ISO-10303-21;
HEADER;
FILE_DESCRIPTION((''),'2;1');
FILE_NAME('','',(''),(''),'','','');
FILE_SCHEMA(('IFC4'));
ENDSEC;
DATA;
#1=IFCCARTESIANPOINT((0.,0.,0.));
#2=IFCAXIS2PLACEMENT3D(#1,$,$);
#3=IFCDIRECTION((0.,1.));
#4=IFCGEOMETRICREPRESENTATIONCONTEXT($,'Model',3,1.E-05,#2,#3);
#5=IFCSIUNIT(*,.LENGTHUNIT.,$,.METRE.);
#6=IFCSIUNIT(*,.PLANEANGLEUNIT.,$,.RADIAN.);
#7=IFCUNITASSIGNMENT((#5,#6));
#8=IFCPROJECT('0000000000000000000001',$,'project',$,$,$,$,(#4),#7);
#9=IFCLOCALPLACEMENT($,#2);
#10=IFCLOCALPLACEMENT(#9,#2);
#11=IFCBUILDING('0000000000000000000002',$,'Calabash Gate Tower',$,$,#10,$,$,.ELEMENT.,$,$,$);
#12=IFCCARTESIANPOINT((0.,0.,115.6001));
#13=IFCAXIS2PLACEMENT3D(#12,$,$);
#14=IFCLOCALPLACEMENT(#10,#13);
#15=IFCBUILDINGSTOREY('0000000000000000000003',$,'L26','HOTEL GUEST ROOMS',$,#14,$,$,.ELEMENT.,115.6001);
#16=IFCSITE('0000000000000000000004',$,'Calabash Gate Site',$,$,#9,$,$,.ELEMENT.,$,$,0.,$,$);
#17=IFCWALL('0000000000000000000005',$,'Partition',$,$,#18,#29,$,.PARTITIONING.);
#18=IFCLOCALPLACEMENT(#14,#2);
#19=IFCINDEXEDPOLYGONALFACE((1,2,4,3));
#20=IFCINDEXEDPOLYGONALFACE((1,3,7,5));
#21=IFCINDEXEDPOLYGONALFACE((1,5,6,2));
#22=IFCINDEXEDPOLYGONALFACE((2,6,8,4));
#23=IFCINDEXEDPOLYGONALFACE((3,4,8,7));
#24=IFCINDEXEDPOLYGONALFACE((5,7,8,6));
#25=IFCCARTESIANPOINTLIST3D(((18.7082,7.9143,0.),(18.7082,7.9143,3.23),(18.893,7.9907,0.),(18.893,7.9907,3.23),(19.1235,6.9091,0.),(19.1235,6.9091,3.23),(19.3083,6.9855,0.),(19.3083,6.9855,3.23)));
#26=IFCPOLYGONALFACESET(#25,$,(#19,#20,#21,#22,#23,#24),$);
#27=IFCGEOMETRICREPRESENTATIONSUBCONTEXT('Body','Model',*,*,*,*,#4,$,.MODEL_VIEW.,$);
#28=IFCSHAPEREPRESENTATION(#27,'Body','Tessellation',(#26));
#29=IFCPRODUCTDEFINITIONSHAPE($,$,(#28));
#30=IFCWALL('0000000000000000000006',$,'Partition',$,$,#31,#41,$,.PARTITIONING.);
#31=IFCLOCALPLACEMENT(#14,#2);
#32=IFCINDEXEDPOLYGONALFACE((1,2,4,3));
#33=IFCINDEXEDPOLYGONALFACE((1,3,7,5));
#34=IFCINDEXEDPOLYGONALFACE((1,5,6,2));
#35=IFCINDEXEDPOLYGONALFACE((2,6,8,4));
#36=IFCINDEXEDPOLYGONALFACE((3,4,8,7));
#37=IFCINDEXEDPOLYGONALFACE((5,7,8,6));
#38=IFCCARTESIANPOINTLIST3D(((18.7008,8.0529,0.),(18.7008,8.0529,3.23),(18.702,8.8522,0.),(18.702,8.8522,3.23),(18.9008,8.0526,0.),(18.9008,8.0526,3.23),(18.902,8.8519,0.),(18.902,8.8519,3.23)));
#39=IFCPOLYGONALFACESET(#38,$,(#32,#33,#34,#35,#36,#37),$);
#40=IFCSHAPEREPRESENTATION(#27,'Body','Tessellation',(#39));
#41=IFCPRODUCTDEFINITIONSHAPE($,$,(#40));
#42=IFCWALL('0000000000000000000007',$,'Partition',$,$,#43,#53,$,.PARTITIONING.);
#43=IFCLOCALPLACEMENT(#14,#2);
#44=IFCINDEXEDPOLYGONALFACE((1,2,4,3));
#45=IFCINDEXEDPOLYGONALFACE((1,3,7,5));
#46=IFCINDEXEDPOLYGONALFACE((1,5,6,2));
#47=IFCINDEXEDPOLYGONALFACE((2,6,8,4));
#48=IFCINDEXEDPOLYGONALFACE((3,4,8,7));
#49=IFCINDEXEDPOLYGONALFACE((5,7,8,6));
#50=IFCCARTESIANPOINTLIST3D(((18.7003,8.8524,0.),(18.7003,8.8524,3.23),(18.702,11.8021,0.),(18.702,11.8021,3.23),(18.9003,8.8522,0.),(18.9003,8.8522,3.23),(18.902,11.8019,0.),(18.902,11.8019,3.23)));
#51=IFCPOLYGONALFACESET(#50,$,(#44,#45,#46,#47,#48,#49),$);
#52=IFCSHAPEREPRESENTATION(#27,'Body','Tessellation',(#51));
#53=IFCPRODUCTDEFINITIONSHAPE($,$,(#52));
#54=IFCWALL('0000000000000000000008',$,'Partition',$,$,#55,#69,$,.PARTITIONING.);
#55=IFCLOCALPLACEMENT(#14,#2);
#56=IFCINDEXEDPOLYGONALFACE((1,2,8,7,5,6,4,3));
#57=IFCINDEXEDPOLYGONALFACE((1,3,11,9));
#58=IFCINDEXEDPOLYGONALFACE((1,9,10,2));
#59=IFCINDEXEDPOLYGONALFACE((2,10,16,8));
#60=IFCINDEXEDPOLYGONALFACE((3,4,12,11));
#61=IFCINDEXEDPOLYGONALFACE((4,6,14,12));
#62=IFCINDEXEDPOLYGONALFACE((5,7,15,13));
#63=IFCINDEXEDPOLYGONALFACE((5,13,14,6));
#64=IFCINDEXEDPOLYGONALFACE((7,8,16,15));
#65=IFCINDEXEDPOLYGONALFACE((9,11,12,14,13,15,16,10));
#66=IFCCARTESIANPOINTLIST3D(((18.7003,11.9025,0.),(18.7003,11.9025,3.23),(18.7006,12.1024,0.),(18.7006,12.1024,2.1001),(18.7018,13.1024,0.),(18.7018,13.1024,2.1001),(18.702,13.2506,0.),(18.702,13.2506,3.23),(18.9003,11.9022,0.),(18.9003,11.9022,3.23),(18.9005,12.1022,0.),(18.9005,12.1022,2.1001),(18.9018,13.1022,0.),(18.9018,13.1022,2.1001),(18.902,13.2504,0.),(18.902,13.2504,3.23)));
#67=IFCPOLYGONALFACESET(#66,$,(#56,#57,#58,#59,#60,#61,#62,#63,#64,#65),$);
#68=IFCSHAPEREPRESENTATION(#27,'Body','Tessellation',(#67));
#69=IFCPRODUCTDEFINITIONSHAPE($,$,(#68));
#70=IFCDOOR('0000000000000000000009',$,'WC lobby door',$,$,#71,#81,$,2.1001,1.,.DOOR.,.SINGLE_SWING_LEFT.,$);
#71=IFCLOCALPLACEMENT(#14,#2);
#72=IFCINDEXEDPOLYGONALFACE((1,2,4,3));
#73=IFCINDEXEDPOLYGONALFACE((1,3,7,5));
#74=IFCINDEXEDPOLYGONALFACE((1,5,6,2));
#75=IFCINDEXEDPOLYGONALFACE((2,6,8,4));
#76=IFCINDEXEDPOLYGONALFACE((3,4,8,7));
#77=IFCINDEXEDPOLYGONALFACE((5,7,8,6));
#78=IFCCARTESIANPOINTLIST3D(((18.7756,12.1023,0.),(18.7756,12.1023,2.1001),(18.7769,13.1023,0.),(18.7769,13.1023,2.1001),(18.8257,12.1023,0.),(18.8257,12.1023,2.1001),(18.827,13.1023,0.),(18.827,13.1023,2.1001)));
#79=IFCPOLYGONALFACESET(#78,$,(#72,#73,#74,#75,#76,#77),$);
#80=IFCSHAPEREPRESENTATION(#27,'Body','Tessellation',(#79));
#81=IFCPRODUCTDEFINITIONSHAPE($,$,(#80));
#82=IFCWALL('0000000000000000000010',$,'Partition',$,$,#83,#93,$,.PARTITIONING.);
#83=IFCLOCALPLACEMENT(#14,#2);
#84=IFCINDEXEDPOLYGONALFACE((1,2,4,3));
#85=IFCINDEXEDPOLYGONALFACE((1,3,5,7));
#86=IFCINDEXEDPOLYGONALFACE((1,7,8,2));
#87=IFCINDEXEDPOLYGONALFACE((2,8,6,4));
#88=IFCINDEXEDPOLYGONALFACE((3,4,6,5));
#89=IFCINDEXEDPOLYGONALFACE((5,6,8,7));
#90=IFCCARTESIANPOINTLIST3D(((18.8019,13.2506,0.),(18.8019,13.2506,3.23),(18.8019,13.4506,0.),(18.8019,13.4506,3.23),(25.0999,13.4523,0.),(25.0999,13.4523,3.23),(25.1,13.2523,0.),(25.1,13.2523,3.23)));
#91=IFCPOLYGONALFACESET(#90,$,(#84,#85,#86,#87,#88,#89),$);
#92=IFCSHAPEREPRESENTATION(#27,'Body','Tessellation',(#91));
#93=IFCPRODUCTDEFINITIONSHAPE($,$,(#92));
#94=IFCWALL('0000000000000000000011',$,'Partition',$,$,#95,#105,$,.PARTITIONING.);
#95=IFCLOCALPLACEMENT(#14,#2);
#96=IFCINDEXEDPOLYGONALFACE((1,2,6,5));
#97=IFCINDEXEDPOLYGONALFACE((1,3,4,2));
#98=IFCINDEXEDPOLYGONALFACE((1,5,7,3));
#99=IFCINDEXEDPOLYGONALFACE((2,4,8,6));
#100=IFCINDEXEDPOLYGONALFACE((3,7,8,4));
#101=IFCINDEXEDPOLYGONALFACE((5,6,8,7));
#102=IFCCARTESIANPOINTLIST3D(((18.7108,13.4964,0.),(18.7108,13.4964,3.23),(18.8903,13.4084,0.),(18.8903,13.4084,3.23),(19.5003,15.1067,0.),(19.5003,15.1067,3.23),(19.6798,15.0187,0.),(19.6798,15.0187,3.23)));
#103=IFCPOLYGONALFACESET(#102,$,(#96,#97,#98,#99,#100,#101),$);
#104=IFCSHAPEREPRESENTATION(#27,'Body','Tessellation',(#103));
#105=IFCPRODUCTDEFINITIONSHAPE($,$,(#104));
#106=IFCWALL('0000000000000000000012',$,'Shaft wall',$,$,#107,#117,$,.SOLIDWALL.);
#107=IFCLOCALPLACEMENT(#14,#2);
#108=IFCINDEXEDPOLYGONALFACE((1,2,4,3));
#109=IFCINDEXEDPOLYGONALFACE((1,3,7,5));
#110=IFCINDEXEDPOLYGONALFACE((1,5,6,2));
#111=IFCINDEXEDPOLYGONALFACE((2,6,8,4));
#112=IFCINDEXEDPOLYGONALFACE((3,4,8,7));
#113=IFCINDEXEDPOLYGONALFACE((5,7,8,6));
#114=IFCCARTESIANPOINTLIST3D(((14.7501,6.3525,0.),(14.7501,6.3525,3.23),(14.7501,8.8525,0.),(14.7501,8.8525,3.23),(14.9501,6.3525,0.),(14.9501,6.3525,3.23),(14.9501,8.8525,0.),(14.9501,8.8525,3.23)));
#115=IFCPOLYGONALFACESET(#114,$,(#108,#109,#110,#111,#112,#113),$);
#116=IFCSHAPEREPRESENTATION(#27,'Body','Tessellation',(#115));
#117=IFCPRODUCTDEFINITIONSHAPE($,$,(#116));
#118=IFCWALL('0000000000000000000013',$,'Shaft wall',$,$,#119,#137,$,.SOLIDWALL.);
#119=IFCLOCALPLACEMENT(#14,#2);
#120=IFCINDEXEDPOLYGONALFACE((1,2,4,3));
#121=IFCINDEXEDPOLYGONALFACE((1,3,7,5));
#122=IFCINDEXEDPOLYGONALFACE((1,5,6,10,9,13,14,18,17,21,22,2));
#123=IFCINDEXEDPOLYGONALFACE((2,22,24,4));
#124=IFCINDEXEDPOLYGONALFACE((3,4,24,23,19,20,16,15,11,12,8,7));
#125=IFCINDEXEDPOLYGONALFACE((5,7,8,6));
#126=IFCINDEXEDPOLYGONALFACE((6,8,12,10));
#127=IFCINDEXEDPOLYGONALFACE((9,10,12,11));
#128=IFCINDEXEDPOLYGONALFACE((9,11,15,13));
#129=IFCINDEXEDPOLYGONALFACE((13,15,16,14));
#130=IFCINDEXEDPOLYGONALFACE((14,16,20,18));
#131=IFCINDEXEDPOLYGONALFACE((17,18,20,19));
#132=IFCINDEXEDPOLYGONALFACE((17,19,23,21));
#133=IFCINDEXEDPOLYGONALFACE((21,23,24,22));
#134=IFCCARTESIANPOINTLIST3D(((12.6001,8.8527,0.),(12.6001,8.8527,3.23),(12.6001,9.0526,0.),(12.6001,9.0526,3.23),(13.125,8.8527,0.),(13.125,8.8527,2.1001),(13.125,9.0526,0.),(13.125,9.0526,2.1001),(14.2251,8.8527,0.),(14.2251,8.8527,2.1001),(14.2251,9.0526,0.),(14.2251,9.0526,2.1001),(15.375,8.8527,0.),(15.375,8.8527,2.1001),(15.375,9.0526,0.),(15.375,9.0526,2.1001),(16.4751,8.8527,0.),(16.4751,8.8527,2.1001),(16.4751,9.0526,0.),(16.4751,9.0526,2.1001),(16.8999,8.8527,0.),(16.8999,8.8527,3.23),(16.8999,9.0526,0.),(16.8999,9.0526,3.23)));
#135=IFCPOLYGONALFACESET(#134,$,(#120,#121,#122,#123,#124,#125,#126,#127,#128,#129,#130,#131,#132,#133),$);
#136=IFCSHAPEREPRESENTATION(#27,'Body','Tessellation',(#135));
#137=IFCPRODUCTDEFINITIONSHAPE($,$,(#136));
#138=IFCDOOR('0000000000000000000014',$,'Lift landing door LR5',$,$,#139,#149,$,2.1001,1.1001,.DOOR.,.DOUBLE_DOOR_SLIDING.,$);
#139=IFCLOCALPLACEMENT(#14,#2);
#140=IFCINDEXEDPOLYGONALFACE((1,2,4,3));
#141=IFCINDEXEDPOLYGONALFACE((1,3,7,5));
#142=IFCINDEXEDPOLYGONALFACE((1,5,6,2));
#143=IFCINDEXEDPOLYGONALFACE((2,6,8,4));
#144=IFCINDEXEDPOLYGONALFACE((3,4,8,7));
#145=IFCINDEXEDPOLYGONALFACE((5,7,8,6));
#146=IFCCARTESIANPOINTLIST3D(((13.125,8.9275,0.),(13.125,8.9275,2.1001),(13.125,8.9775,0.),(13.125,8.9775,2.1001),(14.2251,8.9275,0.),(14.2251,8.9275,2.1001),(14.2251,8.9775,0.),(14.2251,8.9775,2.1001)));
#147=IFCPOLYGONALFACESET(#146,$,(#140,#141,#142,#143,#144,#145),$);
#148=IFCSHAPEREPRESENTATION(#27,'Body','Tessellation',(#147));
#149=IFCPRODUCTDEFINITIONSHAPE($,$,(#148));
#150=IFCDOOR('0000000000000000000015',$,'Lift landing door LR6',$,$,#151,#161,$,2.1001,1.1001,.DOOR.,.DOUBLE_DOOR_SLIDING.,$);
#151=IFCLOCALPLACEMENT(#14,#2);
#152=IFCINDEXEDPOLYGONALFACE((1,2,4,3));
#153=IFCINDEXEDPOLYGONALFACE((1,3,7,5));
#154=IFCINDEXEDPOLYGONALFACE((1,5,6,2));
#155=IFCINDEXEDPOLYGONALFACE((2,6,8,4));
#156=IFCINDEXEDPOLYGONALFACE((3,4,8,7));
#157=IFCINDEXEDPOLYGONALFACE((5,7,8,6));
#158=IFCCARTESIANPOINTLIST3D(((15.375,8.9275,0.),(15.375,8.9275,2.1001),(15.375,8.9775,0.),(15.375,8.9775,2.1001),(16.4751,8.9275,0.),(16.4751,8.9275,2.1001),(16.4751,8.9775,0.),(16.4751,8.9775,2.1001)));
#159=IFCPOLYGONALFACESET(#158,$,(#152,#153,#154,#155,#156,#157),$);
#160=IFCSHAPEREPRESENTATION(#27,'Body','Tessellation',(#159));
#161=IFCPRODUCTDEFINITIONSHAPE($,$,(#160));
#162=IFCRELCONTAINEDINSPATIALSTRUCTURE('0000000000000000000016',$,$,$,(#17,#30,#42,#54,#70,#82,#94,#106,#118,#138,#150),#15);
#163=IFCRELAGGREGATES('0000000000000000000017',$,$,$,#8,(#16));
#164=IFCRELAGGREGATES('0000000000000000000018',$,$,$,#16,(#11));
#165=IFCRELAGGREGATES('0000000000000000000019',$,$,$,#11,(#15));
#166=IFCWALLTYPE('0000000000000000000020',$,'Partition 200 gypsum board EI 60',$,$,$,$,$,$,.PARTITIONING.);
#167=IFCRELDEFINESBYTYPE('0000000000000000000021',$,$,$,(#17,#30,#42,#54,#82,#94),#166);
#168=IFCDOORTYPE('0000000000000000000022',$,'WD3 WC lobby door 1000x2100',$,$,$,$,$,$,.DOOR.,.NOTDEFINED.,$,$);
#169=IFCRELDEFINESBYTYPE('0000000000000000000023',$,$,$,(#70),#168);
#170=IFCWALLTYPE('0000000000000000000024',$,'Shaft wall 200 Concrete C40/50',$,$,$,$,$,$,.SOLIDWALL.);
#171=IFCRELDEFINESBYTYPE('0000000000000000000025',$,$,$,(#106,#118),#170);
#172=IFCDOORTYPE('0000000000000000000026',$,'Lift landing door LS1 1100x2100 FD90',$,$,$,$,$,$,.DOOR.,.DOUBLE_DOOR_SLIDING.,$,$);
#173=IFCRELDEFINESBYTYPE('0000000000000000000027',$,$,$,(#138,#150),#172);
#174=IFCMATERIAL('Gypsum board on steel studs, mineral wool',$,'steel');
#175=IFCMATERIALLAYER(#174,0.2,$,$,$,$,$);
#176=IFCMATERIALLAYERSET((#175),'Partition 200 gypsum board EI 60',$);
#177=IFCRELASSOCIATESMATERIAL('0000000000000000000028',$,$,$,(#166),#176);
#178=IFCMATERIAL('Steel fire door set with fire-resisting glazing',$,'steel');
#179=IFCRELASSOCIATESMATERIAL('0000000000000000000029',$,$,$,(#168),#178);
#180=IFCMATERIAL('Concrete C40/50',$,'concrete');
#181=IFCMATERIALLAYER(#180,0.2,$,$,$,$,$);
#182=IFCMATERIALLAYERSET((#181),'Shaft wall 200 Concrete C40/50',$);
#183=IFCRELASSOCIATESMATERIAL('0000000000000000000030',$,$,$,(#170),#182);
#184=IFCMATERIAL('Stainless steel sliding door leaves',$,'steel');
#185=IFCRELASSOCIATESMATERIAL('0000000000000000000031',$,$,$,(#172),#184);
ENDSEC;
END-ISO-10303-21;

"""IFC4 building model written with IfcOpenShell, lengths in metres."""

from ifc_helpers import new_model, si_unit, direction, frame, frame_2d, origin, place, context, subcontext, project, spatial, rectangle, extrude, material, layer, layer_set, type_object, element, fill, save


model = new_model("IFC4")

# Units and contexts
model_context = context("Model", 3, precision=1e-05, world=origin(), true_north=direction((0.0, 1.0)))
body_context = subcontext(model_context, "Body", "Model", "MODEL_VIEW")
ifc_project = project(units=[si_unit("LENGTHUNIT", "METRE"), si_unit("PLANEANGLEUNIT", "RADIAN")], contexts=[model_context])

# Site, building, storey
site_placement = place(None, origin())
site = spatial("IfcSite", under=ifc_project, at=site_placement, Name="Calabash Gate Site", CompositionType="ELEMENT", RefElevation=0.0)
building_placement = place(site_placement, origin())
building = spatial("IfcBuilding", under=site, at=building_placement, Name="Calabash Gate Tower", CompositionType="ELEMENT")
storey_placement = place(building_placement, frame((0.0, 0.0, 115.6001)))
storey = spatial("IfcBuildingStorey", under=building, at=storey_placement, Name="L26", Description="HOTEL GUEST ROOMS", CompositionType="ELEMENT", Elevation=115.6001)

# Walls
ifc_material_1 = material(Name="Gypsum board on steel studs, mineral wool", Category="steel")
ifc_layer_1 = layer(ifc_material_1, 0.2)
ifc_layer_set_1 = layer_set([ifc_layer_1], Name="Partition 200 gypsum board EI 60")
wall_type_1 = type_object("IfcWallType", Name="Partition 200 gypsum board EI 60", PredefinedType="PARTITIONING", material=ifc_layer_set_1)
wall_1_placement = place(storey_placement, frame((18.8005, 7.9526, 0.0), z_axis=(0.0, 0.0, 1.0), x_axis=(0.381856, -0.924222, 0.0)))
element("IfcWall", 1, at=wall_1_placement, inside=storey, type_object=wall_type_1, Name="Partition", PredefinedType="PARTITIONING", context=body_context, shape_type="SweptSolid", body=[
    extrude(rectangle(XDim=1.0876, YDim=0.2, at=frame_2d((0.5439, 0.0))), origin(), (0.0, 0.0, 1.0), 3.23),
])
wall_2_placement = place(storey_placement, frame((18.8008, 8.0527, 0.0), z_axis=(0.0, 0.0, 1.0), x_axis=(0.001527, 0.999999, 0.0)))
element("IfcWall", 2, at=wall_2_placement, inside=storey, type_object=wall_type_1, Name="Partition", PredefinedType="PARTITIONING", context=body_context, shape_type="SweptSolid", body=[
    extrude(rectangle(XDim=0.7993, YDim=0.2, at=frame_2d((0.3997, 0.0))), origin(), (0.0, 0.0, 1.0), 3.23),
])
wall_3_placement = place(storey_placement, frame((18.8003, 8.8523, 0.0), z_axis=(0.0, 0.0, 1.0), x_axis=(0.000579, 1.0, 0.0)))
element("IfcWall", 3, at=wall_3_placement, inside=storey, type_object=wall_type_1, Name="Partition", PredefinedType="PARTITIONING", context=body_context, shape_type="SweptSolid", body=[
    extrude(rectangle(XDim=2.9497, YDim=0.2, at=frame_2d((1.4749, 0.0))), origin(), (0.0, 0.0, 1.0), 3.23),
])

# Wall, opening, door
wall_4_placement = place(storey_placement, frame((18.8003, 11.9023, 0.0), z_axis=(0.0, 0.0, 1.0), x_axis=(0.001268, 0.999999, 0.0)))
wall_4 = element("IfcWall", 4, at=wall_4_placement, inside=storey, type_object=wall_type_1, Name="Partition", PredefinedType="PARTITIONING", context=body_context, shape_type="SweptSolid", body=[
    extrude(rectangle(XDim=1.3481, YDim=0.2, at=frame_2d((0.6741, 0.0))), origin(), (0.0, 0.0, 1.0), 3.23),
])
opening_1_placement = place(wall_4_placement, frame((0.2, 0.0, 0.0)))
opening_1 = element("IfcOpeningElement", 5, at=opening_1_placement, cuts=wall_4, PredefinedType="OPENING", context=body_context, shape_type="SweptSolid", body=[
    extrude(rectangle(XDim=1.0, YDim=2.1001, at=frame_2d((0.5, 1.05))), frame((0.0, 0.1099, 0.0), z_axis=(0.0, -1.0, 0.0), x_axis=(1.0, 0.0, 0.0)), (0.0, 0.0, 1.0), 0.22),
])
ifc_material_2 = material(Name="Steel fire door set with fire-resisting glazing", Category="steel")
door_type_1 = type_object("IfcDoorType", Name="WD3 WC lobby door 1000x2100", OperationType="NOTDEFINED", PredefinedType="DOOR", material=ifc_material_2)
door_1_placement = place(opening_1_placement, origin())
door_1 = element("IfcDoor", 6, at=door_1_placement, inside=storey, type_object=door_type_1, Name="WC lobby door", OperationType="SINGLE_SWING_LEFT", OverallHeight=2.1001, OverallWidth=1.0, PredefinedType="DOOR", context=body_context, shape_type="SweptSolid", body=[
    extrude(rectangle(XDim=1.0, YDim=2.1001, at=frame_2d((0.5, 1.05))), frame((0.0, 0.0249, 0.0), z_axis=(0.0, -1.0, 0.0), x_axis=(1.0, 0.0, 0.0)), (0.0, 0.0, 1.0), 0.05),
])
fill(opening_1, door_1)

# Walls
wall_5_placement = place(storey_placement, frame((18.802, 13.3506, 0.0), z_axis=(0.0, 0.0, 1.0), x_axis=(1.0, 0.000271, 0.0)))
element("IfcWall", 7, at=wall_5_placement, inside=storey, type_object=wall_type_1, Name="Partition", PredefinedType="PARTITIONING", context=body_context, shape_type="SweptSolid", body=[
    extrude(rectangle(XDim=6.2981, YDim=0.2, at=frame_2d((3.1489, 0.0))), origin(), (0.0, 0.0, 1.0), 3.23),
])
wall_6_placement = place(storey_placement, frame((18.8005, 13.4524, 0.0), z_axis=(0.0, 0.0, 1.0), x_axis=(0.44023, 0.897885, 0.0)))
element("IfcWall", 8, at=wall_6_placement, inside=storey, type_object=wall_type_1, Name="Partition", PredefinedType="PARTITIONING", context=body_context, shape_type="SweptSolid", body=[
    extrude(rectangle(XDim=1.7935, YDim=0.2, at=frame_2d((0.8967, 0.0))), origin(), (0.0, 0.0, 1.0), 3.23),
])
ifc_material_3 = material(Name="Concrete C40/50", Category="concrete")
ifc_layer_2 = layer(ifc_material_3, 0.2)
ifc_layer_set_2 = layer_set([ifc_layer_2], Name="Shaft wall 200 Concrete C40/50")
wall_type_2 = type_object("IfcWallType", Name="Shaft wall 200 Concrete C40/50", PredefinedType="SOLIDWALL", material=ifc_layer_set_2)
wall_7_placement = place(storey_placement, frame((14.8501, 6.3525, 0.0), z_axis=(0.0, 0.0, 1.0), x_axis=(0.0, 1.0, 0.0)))
element("IfcWall", 9, at=wall_7_placement, inside=storey, type_object=wall_type_2, Name="Shaft wall", PredefinedType="SOLIDWALL", context=body_context, shape_type="SweptSolid", body=[
    extrude(rectangle(XDim=2.5, YDim=0.2, at=frame_2d((1.25, 0.0))), origin(), (0.0, 0.0, 1.0), 3.23),
])

# Wall, openings, doors
wall_8_placement = place(storey_placement, frame((12.6001, 8.9526, 0.0), z_axis=(0.0, 0.0, 1.0), x_axis=(1.0, 0.0, 0.0)))
wall_8 = element("IfcWall", 10, at=wall_8_placement, inside=storey, type_object=wall_type_2, Name="Shaft wall", PredefinedType="SOLIDWALL", context=body_context, shape_type="SweptSolid", body=[
    extrude(rectangle(XDim=4.2998, YDim=0.2, at=frame_2d((2.1499, 0.0))), origin(), (0.0, 0.0, 1.0), 3.23),
])
opening_2_placement = place(wall_8_placement, frame((0.5249, 0.0, 0.0)))
opening_2 = element("IfcOpeningElement", 11, at=opening_2_placement, cuts=wall_8, PredefinedType="OPENING", context=body_context, shape_type="SweptSolid", body=[
    extrude(rectangle(XDim=1.1001, YDim=2.1001, at=frame_2d((0.55, 1.05))), frame((0.0, 0.1099, 0.0), z_axis=(0.0, -1.0, 0.0), x_axis=(1.0, 0.0, 0.0)), (0.0, 0.0, 1.0), 0.22),
])
opening_3_placement = place(wall_8_placement, frame((2.7749, 0.0, 0.0)))
opening_3 = element("IfcOpeningElement", 12, at=opening_3_placement, cuts=wall_8, PredefinedType="OPENING", context=body_context, shape_type="SweptSolid", body=[
    extrude(rectangle(XDim=1.1001, YDim=2.1001, at=frame_2d((0.55, 1.05))), frame((0.0, 0.1099, 0.0), z_axis=(0.0, -1.0, 0.0), x_axis=(1.0, 0.0, 0.0)), (0.0, 0.0, 1.0), 0.22),
])
ifc_material_4 = material(Name="Stainless steel sliding door leaves", Category="steel")
door_type_2 = type_object("IfcDoorType", Name="Lift landing door LS1 1100x2100 FD90", OperationType="DOUBLE_DOOR_SLIDING", PredefinedType="DOOR", material=ifc_material_4)
door_2_placement = place(opening_2_placement, origin())
door_2 = element("IfcDoor", 13, at=door_2_placement, inside=storey, type_object=door_type_2, Name="Lift landing door LR5", OperationType="DOUBLE_DOOR_SLIDING", OverallHeight=2.1001, OverallWidth=1.1001, PredefinedType="DOOR", context=body_context, shape_type="SweptSolid", body=[
    extrude(rectangle(XDim=1.1001, YDim=2.1001, at=frame_2d((0.55, 1.05))), frame((0.0, 0.0249, 0.0), z_axis=(0.0, -1.0, 0.0), x_axis=(1.0, 0.0, 0.0)), (0.0, 0.0, 1.0), 0.05),
])
fill(opening_2, door_2)
door_3_placement = place(opening_3_placement, origin())
door_3 = element("IfcDoor", 14, at=door_3_placement, inside=storey, type_object=door_type_2, Name="Lift landing door LR6", OperationType="DOUBLE_DOOR_SLIDING", OverallHeight=2.1001, OverallWidth=1.1001, PredefinedType="DOOR", context=body_context, shape_type="SweptSolid", body=[
    extrude(rectangle(XDim=1.1001, YDim=2.1001, at=frame_2d((0.55, 1.05))), frame((0.0, 0.0249, 0.0), z_axis=(0.0, -1.0, 0.0), x_axis=(1.0, 0.0, 0.0)), (0.0, 0.0, 1.0), 0.05),
])
fill(opening_3, door_3)

save(model, "model.ifc")
